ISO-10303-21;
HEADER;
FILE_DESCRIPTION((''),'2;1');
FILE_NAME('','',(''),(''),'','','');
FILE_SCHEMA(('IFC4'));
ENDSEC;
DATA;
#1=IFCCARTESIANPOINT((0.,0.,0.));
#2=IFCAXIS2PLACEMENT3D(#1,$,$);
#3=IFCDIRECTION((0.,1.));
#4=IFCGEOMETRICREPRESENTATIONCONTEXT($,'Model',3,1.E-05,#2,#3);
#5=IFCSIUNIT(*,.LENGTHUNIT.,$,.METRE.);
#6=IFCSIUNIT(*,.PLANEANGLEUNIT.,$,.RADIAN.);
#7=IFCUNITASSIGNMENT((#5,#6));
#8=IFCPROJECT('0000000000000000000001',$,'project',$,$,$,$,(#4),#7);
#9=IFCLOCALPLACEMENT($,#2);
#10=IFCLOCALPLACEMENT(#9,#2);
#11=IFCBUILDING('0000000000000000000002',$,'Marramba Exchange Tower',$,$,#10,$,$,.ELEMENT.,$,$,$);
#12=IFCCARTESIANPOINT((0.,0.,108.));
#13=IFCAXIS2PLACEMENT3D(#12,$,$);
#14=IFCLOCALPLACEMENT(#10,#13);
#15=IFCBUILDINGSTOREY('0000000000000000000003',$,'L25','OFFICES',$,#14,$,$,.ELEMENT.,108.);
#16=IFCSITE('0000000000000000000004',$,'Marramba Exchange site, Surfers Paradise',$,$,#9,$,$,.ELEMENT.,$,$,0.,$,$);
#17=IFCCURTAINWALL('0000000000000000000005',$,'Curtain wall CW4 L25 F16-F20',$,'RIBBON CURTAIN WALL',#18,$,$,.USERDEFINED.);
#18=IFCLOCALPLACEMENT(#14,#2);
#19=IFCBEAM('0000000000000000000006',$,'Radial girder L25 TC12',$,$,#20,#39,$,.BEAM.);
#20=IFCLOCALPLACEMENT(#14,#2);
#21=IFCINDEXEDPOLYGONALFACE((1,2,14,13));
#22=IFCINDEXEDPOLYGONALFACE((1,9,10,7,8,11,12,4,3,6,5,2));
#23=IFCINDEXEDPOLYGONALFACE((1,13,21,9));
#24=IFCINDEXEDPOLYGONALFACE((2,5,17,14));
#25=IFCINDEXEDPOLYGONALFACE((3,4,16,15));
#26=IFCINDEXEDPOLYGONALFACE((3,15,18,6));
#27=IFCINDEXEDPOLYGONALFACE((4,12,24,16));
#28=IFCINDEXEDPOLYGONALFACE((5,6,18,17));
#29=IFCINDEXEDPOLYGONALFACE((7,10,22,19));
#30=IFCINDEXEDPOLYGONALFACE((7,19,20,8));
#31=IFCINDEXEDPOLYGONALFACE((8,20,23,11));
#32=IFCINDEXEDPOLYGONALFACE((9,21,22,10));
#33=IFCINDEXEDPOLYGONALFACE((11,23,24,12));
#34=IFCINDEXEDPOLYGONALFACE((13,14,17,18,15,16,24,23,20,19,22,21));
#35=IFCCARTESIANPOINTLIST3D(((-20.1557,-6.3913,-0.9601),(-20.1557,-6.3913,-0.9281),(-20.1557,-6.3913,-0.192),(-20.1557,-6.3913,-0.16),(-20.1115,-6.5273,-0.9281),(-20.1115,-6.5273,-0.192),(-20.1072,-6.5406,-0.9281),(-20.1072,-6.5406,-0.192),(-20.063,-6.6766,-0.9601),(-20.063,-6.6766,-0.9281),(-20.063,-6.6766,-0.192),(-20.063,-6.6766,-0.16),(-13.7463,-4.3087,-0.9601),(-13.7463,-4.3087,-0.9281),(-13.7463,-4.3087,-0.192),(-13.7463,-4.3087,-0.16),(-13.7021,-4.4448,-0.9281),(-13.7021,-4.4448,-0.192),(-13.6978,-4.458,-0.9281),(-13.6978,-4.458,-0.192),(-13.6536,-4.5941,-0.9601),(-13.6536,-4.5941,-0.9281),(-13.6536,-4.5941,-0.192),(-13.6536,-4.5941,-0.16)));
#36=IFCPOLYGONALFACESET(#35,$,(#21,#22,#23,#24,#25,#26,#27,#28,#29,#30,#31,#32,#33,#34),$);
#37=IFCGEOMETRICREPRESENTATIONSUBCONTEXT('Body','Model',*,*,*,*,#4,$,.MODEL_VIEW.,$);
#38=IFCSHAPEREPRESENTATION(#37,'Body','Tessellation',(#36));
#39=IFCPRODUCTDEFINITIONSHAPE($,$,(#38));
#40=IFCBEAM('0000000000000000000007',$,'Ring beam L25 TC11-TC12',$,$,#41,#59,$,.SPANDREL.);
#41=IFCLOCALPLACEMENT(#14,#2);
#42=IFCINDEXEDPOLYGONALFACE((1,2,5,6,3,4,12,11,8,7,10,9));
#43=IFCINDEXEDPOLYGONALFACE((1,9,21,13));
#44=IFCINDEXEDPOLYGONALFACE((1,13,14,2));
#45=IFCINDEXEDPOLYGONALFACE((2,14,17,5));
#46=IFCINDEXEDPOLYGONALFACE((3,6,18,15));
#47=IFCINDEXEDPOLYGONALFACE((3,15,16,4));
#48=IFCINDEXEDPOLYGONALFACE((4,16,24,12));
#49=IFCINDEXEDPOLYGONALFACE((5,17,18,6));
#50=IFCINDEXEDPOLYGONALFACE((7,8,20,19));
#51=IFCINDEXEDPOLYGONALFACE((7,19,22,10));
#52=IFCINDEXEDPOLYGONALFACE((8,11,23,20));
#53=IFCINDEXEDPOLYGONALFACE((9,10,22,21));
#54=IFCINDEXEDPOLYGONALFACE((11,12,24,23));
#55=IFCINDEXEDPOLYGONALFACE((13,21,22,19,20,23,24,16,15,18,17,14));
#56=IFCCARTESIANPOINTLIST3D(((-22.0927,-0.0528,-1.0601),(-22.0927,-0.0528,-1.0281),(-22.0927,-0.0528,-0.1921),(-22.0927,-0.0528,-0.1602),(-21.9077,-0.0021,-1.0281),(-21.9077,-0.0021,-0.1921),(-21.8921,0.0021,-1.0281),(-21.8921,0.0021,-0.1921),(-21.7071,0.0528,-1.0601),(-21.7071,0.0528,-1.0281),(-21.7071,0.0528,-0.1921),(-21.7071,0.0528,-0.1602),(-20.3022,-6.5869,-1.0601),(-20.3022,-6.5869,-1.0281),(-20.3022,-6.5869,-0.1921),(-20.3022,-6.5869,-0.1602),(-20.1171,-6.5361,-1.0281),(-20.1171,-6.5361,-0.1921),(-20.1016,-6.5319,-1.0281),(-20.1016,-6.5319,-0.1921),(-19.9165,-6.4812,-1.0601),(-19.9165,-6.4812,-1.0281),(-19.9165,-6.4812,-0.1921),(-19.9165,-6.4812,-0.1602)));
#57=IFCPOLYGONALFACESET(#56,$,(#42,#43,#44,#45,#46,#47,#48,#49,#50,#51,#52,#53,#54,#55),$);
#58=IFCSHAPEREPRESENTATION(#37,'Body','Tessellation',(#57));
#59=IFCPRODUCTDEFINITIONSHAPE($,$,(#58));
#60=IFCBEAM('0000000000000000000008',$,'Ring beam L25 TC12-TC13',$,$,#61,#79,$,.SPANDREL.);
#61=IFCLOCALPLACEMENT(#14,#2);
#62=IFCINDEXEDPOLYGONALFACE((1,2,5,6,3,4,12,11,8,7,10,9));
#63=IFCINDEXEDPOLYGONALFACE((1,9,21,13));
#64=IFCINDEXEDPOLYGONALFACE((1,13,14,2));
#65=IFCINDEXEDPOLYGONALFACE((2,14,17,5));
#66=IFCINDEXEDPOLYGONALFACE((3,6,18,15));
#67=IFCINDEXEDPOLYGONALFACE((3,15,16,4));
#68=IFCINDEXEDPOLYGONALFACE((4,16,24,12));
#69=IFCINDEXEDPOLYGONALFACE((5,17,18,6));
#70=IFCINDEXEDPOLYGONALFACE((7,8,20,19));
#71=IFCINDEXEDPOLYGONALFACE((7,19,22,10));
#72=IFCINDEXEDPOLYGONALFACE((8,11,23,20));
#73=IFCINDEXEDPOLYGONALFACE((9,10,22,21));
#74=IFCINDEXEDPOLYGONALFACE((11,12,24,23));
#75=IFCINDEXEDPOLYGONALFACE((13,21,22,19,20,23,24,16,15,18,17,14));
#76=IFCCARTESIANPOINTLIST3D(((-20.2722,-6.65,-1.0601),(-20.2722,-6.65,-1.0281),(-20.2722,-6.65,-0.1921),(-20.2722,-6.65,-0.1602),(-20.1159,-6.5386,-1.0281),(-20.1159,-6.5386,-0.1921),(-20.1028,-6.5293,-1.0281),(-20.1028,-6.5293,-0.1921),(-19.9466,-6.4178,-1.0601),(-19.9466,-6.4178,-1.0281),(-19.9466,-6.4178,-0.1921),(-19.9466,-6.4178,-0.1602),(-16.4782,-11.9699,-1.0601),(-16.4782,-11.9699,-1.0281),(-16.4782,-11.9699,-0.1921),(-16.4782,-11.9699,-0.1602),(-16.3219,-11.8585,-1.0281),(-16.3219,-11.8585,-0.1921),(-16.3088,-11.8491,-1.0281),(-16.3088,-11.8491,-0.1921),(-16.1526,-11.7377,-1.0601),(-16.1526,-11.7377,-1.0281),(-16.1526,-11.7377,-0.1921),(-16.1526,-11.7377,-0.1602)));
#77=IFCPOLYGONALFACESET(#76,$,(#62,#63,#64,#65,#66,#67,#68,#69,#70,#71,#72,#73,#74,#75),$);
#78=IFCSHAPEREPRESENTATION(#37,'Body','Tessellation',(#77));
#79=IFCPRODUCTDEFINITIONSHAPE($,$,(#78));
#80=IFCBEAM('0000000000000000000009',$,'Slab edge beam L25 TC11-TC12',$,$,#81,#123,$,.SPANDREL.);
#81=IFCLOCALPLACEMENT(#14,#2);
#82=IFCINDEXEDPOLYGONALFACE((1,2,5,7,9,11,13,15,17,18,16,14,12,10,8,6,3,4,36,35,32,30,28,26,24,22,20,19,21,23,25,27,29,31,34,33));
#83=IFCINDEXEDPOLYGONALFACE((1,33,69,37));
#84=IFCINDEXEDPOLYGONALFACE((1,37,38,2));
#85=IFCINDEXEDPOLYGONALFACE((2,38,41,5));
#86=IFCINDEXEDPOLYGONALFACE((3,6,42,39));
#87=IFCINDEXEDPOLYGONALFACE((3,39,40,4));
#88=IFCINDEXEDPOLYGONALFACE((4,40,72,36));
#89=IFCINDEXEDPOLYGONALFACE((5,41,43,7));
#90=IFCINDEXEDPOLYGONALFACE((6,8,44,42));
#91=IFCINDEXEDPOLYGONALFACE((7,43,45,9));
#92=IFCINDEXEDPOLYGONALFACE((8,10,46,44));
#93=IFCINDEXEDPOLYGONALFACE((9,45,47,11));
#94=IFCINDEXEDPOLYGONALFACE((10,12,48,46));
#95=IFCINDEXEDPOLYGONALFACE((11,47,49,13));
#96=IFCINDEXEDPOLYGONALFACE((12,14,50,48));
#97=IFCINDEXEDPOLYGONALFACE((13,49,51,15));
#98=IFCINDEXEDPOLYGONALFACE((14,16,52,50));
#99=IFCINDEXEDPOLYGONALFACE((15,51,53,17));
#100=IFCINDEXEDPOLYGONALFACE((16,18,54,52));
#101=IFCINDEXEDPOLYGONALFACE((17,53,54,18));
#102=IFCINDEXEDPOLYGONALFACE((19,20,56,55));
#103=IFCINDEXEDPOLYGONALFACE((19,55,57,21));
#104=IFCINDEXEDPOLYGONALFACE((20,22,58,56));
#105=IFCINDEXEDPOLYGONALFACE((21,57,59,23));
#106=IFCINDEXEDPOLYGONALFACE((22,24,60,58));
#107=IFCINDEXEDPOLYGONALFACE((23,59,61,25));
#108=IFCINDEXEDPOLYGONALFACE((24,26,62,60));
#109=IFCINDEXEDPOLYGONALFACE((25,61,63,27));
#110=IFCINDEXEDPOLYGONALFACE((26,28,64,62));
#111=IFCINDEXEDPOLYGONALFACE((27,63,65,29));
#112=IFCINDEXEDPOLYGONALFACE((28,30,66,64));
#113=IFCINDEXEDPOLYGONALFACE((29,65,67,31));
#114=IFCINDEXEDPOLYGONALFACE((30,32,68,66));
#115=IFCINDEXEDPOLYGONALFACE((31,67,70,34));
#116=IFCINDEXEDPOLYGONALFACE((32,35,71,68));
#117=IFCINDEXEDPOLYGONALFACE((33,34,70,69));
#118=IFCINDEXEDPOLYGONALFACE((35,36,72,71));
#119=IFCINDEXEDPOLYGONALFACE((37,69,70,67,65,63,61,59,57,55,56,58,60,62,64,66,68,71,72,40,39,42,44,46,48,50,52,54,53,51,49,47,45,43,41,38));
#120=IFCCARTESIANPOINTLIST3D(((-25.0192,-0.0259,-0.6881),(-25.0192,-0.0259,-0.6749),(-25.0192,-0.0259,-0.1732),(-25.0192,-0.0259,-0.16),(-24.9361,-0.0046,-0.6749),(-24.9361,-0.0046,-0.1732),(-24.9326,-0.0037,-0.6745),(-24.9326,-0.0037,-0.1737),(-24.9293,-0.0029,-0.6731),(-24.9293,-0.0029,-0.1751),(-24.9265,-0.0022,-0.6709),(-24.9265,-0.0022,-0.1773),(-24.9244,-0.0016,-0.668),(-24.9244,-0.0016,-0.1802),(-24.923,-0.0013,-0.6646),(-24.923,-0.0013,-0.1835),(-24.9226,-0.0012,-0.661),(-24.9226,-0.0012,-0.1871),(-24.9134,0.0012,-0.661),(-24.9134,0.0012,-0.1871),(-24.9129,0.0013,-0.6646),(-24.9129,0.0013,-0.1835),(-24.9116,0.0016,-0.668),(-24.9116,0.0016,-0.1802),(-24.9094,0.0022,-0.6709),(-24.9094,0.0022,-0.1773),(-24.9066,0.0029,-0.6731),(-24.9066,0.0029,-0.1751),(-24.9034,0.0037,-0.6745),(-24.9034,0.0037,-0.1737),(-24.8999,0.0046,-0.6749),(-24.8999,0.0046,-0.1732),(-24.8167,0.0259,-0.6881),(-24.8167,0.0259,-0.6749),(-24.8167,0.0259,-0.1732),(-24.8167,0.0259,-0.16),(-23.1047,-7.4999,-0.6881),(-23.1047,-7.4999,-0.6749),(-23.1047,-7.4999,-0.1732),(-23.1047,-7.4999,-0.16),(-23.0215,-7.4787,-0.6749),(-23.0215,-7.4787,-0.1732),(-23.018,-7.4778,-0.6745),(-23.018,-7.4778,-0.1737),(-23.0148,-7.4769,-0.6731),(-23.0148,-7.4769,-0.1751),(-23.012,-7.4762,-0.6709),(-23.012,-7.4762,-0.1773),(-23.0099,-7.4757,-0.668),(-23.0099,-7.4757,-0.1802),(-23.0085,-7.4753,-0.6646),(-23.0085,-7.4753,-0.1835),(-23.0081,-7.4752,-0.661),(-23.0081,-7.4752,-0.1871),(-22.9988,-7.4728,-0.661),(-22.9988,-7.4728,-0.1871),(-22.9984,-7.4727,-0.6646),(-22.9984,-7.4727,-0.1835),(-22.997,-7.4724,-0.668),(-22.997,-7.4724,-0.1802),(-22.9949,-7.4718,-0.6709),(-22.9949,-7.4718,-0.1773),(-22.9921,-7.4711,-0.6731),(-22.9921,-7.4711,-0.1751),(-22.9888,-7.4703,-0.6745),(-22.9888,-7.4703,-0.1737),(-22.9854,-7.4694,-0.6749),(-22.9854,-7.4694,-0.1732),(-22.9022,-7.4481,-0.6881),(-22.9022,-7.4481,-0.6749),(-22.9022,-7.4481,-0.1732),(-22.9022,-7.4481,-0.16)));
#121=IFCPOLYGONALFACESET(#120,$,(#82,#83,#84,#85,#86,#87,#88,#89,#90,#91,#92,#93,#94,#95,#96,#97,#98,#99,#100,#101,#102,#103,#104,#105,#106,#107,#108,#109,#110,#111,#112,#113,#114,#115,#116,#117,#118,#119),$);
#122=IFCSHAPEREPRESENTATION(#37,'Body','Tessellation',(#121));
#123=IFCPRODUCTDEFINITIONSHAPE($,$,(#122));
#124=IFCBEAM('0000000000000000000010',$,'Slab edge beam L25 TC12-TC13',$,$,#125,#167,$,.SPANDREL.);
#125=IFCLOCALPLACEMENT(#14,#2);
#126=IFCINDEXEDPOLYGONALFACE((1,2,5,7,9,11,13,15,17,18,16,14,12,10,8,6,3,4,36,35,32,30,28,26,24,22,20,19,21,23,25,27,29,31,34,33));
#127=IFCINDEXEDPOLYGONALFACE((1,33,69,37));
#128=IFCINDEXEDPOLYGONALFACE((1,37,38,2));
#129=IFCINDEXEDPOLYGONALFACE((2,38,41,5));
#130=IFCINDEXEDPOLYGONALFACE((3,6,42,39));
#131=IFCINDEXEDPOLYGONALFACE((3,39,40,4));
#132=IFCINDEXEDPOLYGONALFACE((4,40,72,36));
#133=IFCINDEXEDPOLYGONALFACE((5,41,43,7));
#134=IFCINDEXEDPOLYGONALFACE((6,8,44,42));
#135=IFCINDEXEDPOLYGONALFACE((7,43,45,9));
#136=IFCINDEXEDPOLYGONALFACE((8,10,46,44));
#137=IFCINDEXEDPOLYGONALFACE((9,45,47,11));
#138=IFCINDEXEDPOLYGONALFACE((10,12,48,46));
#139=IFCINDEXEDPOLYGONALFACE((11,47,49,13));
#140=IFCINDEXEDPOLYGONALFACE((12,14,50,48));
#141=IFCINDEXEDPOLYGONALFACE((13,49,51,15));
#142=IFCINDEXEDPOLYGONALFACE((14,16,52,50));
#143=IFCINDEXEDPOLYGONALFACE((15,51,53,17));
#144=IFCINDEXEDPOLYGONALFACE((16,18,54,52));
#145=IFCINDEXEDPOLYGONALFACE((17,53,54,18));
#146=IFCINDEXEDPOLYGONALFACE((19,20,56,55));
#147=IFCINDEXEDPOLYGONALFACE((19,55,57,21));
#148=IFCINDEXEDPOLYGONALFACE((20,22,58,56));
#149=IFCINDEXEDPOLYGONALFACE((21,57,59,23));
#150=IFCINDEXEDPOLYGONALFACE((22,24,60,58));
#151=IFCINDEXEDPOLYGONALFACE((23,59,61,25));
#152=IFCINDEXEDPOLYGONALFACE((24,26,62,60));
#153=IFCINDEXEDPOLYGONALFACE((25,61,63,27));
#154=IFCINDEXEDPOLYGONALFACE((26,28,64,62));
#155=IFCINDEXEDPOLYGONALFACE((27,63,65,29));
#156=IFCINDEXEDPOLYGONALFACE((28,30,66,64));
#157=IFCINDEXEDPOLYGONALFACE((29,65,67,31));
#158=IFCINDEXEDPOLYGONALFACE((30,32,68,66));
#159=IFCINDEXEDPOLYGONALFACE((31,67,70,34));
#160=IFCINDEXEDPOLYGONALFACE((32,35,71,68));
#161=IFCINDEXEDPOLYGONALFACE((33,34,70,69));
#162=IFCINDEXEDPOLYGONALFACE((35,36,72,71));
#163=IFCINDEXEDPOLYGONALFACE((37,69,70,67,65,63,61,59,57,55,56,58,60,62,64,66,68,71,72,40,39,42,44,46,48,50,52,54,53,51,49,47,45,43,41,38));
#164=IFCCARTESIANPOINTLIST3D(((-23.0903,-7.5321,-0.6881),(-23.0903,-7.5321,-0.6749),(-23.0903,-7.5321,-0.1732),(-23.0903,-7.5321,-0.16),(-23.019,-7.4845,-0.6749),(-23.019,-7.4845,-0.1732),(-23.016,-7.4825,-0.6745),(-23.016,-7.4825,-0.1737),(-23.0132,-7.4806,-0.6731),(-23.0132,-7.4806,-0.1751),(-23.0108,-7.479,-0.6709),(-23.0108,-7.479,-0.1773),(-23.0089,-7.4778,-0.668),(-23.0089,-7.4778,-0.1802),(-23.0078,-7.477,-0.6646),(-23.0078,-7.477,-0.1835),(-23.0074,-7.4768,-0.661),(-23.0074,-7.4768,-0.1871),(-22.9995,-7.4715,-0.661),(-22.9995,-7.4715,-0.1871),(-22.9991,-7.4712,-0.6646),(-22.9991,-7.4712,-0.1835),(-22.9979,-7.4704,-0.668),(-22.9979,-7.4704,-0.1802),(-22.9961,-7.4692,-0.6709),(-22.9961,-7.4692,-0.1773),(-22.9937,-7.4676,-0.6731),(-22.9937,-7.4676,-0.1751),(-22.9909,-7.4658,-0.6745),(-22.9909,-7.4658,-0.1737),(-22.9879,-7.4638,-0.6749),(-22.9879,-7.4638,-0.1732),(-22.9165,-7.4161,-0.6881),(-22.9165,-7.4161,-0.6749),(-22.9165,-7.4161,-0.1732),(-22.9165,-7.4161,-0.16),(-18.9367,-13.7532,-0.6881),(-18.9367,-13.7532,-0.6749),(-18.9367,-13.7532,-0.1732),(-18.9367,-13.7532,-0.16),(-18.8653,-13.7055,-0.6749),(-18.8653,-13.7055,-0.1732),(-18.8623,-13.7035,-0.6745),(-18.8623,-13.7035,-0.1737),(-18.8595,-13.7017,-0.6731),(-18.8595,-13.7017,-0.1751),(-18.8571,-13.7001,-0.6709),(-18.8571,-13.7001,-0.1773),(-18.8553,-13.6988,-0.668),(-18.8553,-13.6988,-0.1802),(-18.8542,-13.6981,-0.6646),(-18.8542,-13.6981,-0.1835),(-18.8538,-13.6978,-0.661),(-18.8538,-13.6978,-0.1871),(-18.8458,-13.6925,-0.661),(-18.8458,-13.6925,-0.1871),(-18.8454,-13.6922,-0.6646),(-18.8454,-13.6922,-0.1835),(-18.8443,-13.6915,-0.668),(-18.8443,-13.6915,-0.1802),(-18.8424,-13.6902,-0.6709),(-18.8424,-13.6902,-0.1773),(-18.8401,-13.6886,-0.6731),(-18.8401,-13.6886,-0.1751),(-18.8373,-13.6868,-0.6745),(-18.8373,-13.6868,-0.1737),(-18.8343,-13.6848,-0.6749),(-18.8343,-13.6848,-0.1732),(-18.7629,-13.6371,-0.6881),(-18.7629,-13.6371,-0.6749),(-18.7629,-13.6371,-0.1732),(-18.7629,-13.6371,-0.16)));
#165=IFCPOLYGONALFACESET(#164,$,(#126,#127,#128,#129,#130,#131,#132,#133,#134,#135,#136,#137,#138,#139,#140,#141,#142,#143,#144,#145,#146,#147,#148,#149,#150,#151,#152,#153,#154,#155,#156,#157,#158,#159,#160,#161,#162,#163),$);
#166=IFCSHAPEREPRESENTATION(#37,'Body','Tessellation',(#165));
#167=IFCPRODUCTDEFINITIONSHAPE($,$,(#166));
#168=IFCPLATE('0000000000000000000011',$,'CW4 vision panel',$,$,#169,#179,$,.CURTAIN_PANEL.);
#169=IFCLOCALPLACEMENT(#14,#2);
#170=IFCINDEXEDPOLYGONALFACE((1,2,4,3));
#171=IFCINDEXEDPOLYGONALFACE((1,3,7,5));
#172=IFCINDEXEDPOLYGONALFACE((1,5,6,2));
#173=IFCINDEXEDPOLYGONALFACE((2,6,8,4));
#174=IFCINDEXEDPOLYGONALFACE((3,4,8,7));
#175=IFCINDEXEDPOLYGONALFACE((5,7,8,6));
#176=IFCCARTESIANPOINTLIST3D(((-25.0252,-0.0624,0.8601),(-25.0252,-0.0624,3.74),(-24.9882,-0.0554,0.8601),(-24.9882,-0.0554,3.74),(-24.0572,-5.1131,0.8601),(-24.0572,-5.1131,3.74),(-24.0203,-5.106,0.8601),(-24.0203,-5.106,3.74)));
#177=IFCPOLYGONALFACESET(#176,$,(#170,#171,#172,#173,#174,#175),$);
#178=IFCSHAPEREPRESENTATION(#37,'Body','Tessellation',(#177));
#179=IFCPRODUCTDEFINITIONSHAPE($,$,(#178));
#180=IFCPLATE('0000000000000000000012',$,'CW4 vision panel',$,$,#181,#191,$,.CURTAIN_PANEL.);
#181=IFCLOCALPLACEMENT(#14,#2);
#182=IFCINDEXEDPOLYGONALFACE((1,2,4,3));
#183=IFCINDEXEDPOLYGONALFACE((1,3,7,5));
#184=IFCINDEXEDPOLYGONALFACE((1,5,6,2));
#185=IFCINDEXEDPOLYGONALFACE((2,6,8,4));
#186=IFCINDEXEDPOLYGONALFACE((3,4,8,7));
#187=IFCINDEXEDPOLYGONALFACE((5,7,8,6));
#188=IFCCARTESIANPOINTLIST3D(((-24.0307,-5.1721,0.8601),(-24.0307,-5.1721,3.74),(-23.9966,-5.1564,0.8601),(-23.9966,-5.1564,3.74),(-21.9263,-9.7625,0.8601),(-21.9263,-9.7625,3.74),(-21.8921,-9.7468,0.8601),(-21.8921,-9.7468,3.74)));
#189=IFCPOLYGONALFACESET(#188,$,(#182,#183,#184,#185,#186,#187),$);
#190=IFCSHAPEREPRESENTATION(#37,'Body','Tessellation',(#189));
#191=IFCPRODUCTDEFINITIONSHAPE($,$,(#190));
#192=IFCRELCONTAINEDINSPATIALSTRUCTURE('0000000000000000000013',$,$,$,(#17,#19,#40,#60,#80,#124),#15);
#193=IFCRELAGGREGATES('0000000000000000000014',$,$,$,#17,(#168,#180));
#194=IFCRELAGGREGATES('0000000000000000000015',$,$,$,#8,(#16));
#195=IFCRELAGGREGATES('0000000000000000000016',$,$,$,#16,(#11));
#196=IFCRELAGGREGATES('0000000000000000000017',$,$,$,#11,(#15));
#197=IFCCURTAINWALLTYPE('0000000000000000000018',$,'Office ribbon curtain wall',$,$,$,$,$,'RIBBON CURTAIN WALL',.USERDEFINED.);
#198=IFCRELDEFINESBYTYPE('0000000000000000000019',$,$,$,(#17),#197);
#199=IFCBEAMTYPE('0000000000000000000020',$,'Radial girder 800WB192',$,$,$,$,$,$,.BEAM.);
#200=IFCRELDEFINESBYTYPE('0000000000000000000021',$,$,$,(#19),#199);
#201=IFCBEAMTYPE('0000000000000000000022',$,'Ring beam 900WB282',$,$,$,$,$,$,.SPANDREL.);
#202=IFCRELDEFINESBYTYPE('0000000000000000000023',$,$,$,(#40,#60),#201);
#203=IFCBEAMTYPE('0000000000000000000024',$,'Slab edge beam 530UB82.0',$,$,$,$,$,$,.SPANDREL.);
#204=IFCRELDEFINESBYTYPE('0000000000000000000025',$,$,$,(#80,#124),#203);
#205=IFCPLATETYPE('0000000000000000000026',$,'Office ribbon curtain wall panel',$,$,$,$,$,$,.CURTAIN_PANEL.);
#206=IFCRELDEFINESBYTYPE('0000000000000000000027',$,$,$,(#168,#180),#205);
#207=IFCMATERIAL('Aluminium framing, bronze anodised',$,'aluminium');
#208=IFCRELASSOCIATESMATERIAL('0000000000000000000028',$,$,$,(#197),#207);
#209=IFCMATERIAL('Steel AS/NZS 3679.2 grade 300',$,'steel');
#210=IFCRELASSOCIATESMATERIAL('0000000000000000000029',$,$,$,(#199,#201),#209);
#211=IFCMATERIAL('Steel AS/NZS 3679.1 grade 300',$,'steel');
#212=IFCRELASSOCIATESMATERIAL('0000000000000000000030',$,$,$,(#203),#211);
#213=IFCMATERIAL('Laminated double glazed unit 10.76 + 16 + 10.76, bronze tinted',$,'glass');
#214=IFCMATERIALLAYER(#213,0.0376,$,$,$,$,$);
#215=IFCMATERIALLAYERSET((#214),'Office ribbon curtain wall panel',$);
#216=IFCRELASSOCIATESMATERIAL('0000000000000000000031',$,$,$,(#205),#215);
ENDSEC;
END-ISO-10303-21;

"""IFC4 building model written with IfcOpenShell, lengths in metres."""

from ifc_helpers import new_model, si_unit, direction, frame, origin, origin_2d, place, context, subcontext, project, spatial, rectangle, i_section, extrude, material, layer, layer_set, material_profile, profile_set, type_object, element, aggregate, save


model = new_model("IFC4")

# Units and contexts
model_context = context("Model", 3, precision=1e-05, world=origin(), true_north=direction((0.0, 1.0)))
body_context = subcontext(model_context, "Body", "Model", "MODEL_VIEW")
ifc_project = project(units=[si_unit("LENGTHUNIT", "METRE"), si_unit("PLANEANGLEUNIT", "RADIAN")], contexts=[model_context])

# Site, building, storey
site_placement = place(None, origin())
site = spatial("IfcSite", under=ifc_project, at=site_placement, Name="Marramba Exchange site, Surfers Paradise", CompositionType="ELEMENT", RefElevation=0.0)
building_placement = place(site_placement, origin())
building = spatial("IfcBuilding", under=site, at=building_placement, Name="Marramba Exchange Tower", CompositionType="ELEMENT")
storey_placement = place(building_placement, frame((0.0, 0.0, 108.0)))
storey = spatial("IfcBuildingStorey", under=building, at=storey_placement, Name="L25", Description="OFFICES", CompositionType="ELEMENT", Elevation=108.0)

# Shared definitions
ifc_material_1 = material(Name="Steel AS/NZS 3679.2 grade 300", Category="steel")
ifc_material_2 = material(Name="Steel AS/NZS 3679.1 grade 300", Category="steel")

# Curtain wall
ifc_material_3 = material(Name="Aluminium framing, bronze anodised", Category="aluminium")
curtain_wall_type = type_object("IfcCurtainWallType", Name="Office ribbon curtain wall", ElementType="RIBBON CURTAIN WALL", PredefinedType="USERDEFINED", material=ifc_material_3)
curtain_wall_placement = place(storey_placement, origin())
curtain_wall = element("IfcCurtainWall", 1, at=curtain_wall_placement, inside=storey, type_object=curtain_wall_type, Name="Curtain wall CW4 L25 F16-F20", ObjectType="RIBBON CURTAIN WALL", PredefinedType="USERDEFINED")

# Beams
ifc_material_profile_1 = material_profile(ifc_material_1, i_section(OverallWidth=0.3, OverallDepth=0.8, WebThickness=0.0139, FlangeThickness=0.032, at=origin_2d()), Name="800WB192")
ifc_profile_set_1 = profile_set([ifc_material_profile_1], Name="Steel AS/NZS 3679.2 grade 300")
beam_type_1 = type_object("IfcBeamType", Name="Radial girder 800WB192", PredefinedType="BEAM", material=ifc_profile_set_1)
beam_1_placement = place(storey_placement, frame((-13.7, -4.4514, -0.5601), z_axis=(-0.951058, -0.309013, 0.0), x_axis=(0.309013, -0.951058, 0.0)))
element("IfcBeam", 2, at=beam_1_placement, inside=storey, type_object=beam_type_1, Name="Radial girder L25 TC12", PredefinedType="BEAM", context=body_context, shape_type="SweptSolid", body=[
    extrude(i_section(OverallWidth=0.3, OverallDepth=0.8, WebThickness=0.0139, FlangeThickness=0.032, at=origin_2d()), origin(), (0.0, 0.0, 1.0), 6.7393),
])
ifc_material_profile_2 = material_profile(ifc_material_1, i_section(OverallWidth=0.3999, OverallDepth=0.8999, WebThickness=0.0161, FlangeThickness=0.032, at=origin_2d()), Name="900WB282")
ifc_profile_set_2 = profile_set([ifc_material_profile_2], Name="Steel AS/NZS 3679.2 grade 300")
beam_type_2 = type_object("IfcBeamType", Name="Ring beam 900WB282", PredefinedType="SPANDREL", material=ifc_profile_set_2)
beam_2_placement = place(storey_placement, frame((-21.8999, 0.0, -0.6101), z_axis=(0.264291, -0.964443, 0.0), x_axis=(0.964443, 0.264291, 0.0)))
element("IfcBeam", 3, at=beam_2_placement, inside=storey, type_object=beam_type_2, Name="Ring beam L25 TC11-TC12", PredefinedType="SPANDREL", context=body_context, shape_type="SweptSolid", body=[
    extrude(i_section(OverallWidth=0.3999, OverallDepth=0.8999, WebThickness=0.0161, FlangeThickness=0.032, at=origin_2d()), origin(), (0.0, 0.0, 1.0), 6.7749),
])
beam_3_placement = place(storey_placement, frame((-20.1094, -6.5339, -0.6101), z_axis=(0.580637, -0.814162, 0.0), x_axis=(0.814162, 0.580637, 0.0)))
element("IfcBeam", 4, at=beam_3_placement, inside=storey, type_object=beam_type_2, Name="Ring beam L25 TC12-TC13", PredefinedType="SPANDREL", context=body_context, shape_type="SweptSolid", body=[
    extrude(i_section(OverallWidth=0.3999, OverallDepth=0.8999, WebThickness=0.0161, FlangeThickness=0.032, at=origin_2d()), origin(), (0.0, 0.0, 1.0), 6.5342),
])
ifc_material_profile_3 = material_profile(ifc_material_2, i_section(OverallWidth=0.209, OverallDepth=0.5281, WebThickness=0.0095, FlangeThickness=0.0132, FilletRadius=0.0139, at=origin_2d()), Name="530UB82.0")
ifc_profile_set_3 = profile_set([ifc_material_profile_3], Name="Steel AS/NZS 3679.1 grade 300")
beam_type_3 = type_object("IfcBeamType", Name="Slab edge beam 530UB82.0", PredefinedType="SPANDREL", material=ifc_profile_set_3)
beam_4_placement = place(storey_placement, frame((-24.918, 0.0, -0.4241), z_axis=(0.248145, -0.968723, 0.0), x_axis=(0.968723, 0.248145, 0.0)))
element("IfcBeam", 5, at=beam_4_placement, inside=storey, type_object=beam_type_3, Name="Slab edge beam L25 TC11-TC12", PredefinedType="SPANDREL", context=body_context, shape_type="SweptSolid", body=[
    extrude(i_section(OverallWidth=0.209, OverallDepth=0.5281, WebThickness=0.0095, FlangeThickness=0.0132, FilletRadius=0.0139, at=origin_2d()), origin(), (0.0, 0.0, 1.0), 7.7153),
])
beam_5_placement = place(storey_placement, frame((-23.0034, -7.4741, -0.4241), z_axis=(0.55528, -0.831663, 0.0), x_axis=(0.831663, 0.55528, 0.0)))
element("IfcBeam", 6, at=beam_5_placement, inside=storey, type_object=beam_type_3, Name="Slab edge beam L25 TC12-TC13", PredefinedType="SPANDREL", context=body_context, shape_type="SweptSolid", body=[
    extrude(i_section(OverallWidth=0.209, OverallDepth=0.5281, WebThickness=0.0095, FlangeThickness=0.0132, FilletRadius=0.0139, at=origin_2d()), origin(), (0.0, 0.0, 1.0), 7.4802),
])

# Plates
ifc_material_4 = material(Name="Laminated double glazed unit 10.76 + 16 + 10.76, bronze tinted", Category="glass")
ifc_layer_1 = layer(ifc_material_4, 0.0376)
ifc_layer_set_1 = layer_set([ifc_layer_1], Name="Office ribbon curtain wall panel")
plate_type = type_object("IfcPlateType", Name="Office ribbon curtain wall panel", PredefinedType="CURTAIN_PANEL", material=ifc_layer_set_1)
plate_1_placement = place(storey_placement, frame((-24.5227, -2.5842, 0.8601), z_axis=(0.0, 0.0, 1.0), x_axis=(0.188227, -0.982126, 0.0)))
plate_1 = element("IfcPlate", 7, at=plate_1_placement, type_object=plate_type, Name="CW4 vision panel", PredefinedType="CURTAIN_PANEL", context=body_context, shape_type="SweptSolid", body=[
    extrude(rectangle(XDim=5.1426, YDim=0.0376, at=origin_2d()), origin(), (0.0, 0.0, 1.0), 2.8799),
])
plate_2_placement = place(storey_placement, frame((-22.9614, -7.4595, 0.8601), z_axis=(0.0, 0.0, 1.0), x_axis=(0.416738, -0.909027, 0.0)))
plate_2 = element("IfcPlate", 8, at=plate_2_placement, type_object=plate_type, Name="CW4 vision panel", PredefinedType="CURTAIN_PANEL", context=body_context, shape_type="SweptSolid", body=[
    extrude(rectangle(XDim=5.0498, YDim=0.0376, at=origin_2d()), origin(), (0.0, 0.0, 1.0), 2.8799),
])
aggregate(curtain_wall, [plate_1, plate_2])

save(model, "model.ifc")
